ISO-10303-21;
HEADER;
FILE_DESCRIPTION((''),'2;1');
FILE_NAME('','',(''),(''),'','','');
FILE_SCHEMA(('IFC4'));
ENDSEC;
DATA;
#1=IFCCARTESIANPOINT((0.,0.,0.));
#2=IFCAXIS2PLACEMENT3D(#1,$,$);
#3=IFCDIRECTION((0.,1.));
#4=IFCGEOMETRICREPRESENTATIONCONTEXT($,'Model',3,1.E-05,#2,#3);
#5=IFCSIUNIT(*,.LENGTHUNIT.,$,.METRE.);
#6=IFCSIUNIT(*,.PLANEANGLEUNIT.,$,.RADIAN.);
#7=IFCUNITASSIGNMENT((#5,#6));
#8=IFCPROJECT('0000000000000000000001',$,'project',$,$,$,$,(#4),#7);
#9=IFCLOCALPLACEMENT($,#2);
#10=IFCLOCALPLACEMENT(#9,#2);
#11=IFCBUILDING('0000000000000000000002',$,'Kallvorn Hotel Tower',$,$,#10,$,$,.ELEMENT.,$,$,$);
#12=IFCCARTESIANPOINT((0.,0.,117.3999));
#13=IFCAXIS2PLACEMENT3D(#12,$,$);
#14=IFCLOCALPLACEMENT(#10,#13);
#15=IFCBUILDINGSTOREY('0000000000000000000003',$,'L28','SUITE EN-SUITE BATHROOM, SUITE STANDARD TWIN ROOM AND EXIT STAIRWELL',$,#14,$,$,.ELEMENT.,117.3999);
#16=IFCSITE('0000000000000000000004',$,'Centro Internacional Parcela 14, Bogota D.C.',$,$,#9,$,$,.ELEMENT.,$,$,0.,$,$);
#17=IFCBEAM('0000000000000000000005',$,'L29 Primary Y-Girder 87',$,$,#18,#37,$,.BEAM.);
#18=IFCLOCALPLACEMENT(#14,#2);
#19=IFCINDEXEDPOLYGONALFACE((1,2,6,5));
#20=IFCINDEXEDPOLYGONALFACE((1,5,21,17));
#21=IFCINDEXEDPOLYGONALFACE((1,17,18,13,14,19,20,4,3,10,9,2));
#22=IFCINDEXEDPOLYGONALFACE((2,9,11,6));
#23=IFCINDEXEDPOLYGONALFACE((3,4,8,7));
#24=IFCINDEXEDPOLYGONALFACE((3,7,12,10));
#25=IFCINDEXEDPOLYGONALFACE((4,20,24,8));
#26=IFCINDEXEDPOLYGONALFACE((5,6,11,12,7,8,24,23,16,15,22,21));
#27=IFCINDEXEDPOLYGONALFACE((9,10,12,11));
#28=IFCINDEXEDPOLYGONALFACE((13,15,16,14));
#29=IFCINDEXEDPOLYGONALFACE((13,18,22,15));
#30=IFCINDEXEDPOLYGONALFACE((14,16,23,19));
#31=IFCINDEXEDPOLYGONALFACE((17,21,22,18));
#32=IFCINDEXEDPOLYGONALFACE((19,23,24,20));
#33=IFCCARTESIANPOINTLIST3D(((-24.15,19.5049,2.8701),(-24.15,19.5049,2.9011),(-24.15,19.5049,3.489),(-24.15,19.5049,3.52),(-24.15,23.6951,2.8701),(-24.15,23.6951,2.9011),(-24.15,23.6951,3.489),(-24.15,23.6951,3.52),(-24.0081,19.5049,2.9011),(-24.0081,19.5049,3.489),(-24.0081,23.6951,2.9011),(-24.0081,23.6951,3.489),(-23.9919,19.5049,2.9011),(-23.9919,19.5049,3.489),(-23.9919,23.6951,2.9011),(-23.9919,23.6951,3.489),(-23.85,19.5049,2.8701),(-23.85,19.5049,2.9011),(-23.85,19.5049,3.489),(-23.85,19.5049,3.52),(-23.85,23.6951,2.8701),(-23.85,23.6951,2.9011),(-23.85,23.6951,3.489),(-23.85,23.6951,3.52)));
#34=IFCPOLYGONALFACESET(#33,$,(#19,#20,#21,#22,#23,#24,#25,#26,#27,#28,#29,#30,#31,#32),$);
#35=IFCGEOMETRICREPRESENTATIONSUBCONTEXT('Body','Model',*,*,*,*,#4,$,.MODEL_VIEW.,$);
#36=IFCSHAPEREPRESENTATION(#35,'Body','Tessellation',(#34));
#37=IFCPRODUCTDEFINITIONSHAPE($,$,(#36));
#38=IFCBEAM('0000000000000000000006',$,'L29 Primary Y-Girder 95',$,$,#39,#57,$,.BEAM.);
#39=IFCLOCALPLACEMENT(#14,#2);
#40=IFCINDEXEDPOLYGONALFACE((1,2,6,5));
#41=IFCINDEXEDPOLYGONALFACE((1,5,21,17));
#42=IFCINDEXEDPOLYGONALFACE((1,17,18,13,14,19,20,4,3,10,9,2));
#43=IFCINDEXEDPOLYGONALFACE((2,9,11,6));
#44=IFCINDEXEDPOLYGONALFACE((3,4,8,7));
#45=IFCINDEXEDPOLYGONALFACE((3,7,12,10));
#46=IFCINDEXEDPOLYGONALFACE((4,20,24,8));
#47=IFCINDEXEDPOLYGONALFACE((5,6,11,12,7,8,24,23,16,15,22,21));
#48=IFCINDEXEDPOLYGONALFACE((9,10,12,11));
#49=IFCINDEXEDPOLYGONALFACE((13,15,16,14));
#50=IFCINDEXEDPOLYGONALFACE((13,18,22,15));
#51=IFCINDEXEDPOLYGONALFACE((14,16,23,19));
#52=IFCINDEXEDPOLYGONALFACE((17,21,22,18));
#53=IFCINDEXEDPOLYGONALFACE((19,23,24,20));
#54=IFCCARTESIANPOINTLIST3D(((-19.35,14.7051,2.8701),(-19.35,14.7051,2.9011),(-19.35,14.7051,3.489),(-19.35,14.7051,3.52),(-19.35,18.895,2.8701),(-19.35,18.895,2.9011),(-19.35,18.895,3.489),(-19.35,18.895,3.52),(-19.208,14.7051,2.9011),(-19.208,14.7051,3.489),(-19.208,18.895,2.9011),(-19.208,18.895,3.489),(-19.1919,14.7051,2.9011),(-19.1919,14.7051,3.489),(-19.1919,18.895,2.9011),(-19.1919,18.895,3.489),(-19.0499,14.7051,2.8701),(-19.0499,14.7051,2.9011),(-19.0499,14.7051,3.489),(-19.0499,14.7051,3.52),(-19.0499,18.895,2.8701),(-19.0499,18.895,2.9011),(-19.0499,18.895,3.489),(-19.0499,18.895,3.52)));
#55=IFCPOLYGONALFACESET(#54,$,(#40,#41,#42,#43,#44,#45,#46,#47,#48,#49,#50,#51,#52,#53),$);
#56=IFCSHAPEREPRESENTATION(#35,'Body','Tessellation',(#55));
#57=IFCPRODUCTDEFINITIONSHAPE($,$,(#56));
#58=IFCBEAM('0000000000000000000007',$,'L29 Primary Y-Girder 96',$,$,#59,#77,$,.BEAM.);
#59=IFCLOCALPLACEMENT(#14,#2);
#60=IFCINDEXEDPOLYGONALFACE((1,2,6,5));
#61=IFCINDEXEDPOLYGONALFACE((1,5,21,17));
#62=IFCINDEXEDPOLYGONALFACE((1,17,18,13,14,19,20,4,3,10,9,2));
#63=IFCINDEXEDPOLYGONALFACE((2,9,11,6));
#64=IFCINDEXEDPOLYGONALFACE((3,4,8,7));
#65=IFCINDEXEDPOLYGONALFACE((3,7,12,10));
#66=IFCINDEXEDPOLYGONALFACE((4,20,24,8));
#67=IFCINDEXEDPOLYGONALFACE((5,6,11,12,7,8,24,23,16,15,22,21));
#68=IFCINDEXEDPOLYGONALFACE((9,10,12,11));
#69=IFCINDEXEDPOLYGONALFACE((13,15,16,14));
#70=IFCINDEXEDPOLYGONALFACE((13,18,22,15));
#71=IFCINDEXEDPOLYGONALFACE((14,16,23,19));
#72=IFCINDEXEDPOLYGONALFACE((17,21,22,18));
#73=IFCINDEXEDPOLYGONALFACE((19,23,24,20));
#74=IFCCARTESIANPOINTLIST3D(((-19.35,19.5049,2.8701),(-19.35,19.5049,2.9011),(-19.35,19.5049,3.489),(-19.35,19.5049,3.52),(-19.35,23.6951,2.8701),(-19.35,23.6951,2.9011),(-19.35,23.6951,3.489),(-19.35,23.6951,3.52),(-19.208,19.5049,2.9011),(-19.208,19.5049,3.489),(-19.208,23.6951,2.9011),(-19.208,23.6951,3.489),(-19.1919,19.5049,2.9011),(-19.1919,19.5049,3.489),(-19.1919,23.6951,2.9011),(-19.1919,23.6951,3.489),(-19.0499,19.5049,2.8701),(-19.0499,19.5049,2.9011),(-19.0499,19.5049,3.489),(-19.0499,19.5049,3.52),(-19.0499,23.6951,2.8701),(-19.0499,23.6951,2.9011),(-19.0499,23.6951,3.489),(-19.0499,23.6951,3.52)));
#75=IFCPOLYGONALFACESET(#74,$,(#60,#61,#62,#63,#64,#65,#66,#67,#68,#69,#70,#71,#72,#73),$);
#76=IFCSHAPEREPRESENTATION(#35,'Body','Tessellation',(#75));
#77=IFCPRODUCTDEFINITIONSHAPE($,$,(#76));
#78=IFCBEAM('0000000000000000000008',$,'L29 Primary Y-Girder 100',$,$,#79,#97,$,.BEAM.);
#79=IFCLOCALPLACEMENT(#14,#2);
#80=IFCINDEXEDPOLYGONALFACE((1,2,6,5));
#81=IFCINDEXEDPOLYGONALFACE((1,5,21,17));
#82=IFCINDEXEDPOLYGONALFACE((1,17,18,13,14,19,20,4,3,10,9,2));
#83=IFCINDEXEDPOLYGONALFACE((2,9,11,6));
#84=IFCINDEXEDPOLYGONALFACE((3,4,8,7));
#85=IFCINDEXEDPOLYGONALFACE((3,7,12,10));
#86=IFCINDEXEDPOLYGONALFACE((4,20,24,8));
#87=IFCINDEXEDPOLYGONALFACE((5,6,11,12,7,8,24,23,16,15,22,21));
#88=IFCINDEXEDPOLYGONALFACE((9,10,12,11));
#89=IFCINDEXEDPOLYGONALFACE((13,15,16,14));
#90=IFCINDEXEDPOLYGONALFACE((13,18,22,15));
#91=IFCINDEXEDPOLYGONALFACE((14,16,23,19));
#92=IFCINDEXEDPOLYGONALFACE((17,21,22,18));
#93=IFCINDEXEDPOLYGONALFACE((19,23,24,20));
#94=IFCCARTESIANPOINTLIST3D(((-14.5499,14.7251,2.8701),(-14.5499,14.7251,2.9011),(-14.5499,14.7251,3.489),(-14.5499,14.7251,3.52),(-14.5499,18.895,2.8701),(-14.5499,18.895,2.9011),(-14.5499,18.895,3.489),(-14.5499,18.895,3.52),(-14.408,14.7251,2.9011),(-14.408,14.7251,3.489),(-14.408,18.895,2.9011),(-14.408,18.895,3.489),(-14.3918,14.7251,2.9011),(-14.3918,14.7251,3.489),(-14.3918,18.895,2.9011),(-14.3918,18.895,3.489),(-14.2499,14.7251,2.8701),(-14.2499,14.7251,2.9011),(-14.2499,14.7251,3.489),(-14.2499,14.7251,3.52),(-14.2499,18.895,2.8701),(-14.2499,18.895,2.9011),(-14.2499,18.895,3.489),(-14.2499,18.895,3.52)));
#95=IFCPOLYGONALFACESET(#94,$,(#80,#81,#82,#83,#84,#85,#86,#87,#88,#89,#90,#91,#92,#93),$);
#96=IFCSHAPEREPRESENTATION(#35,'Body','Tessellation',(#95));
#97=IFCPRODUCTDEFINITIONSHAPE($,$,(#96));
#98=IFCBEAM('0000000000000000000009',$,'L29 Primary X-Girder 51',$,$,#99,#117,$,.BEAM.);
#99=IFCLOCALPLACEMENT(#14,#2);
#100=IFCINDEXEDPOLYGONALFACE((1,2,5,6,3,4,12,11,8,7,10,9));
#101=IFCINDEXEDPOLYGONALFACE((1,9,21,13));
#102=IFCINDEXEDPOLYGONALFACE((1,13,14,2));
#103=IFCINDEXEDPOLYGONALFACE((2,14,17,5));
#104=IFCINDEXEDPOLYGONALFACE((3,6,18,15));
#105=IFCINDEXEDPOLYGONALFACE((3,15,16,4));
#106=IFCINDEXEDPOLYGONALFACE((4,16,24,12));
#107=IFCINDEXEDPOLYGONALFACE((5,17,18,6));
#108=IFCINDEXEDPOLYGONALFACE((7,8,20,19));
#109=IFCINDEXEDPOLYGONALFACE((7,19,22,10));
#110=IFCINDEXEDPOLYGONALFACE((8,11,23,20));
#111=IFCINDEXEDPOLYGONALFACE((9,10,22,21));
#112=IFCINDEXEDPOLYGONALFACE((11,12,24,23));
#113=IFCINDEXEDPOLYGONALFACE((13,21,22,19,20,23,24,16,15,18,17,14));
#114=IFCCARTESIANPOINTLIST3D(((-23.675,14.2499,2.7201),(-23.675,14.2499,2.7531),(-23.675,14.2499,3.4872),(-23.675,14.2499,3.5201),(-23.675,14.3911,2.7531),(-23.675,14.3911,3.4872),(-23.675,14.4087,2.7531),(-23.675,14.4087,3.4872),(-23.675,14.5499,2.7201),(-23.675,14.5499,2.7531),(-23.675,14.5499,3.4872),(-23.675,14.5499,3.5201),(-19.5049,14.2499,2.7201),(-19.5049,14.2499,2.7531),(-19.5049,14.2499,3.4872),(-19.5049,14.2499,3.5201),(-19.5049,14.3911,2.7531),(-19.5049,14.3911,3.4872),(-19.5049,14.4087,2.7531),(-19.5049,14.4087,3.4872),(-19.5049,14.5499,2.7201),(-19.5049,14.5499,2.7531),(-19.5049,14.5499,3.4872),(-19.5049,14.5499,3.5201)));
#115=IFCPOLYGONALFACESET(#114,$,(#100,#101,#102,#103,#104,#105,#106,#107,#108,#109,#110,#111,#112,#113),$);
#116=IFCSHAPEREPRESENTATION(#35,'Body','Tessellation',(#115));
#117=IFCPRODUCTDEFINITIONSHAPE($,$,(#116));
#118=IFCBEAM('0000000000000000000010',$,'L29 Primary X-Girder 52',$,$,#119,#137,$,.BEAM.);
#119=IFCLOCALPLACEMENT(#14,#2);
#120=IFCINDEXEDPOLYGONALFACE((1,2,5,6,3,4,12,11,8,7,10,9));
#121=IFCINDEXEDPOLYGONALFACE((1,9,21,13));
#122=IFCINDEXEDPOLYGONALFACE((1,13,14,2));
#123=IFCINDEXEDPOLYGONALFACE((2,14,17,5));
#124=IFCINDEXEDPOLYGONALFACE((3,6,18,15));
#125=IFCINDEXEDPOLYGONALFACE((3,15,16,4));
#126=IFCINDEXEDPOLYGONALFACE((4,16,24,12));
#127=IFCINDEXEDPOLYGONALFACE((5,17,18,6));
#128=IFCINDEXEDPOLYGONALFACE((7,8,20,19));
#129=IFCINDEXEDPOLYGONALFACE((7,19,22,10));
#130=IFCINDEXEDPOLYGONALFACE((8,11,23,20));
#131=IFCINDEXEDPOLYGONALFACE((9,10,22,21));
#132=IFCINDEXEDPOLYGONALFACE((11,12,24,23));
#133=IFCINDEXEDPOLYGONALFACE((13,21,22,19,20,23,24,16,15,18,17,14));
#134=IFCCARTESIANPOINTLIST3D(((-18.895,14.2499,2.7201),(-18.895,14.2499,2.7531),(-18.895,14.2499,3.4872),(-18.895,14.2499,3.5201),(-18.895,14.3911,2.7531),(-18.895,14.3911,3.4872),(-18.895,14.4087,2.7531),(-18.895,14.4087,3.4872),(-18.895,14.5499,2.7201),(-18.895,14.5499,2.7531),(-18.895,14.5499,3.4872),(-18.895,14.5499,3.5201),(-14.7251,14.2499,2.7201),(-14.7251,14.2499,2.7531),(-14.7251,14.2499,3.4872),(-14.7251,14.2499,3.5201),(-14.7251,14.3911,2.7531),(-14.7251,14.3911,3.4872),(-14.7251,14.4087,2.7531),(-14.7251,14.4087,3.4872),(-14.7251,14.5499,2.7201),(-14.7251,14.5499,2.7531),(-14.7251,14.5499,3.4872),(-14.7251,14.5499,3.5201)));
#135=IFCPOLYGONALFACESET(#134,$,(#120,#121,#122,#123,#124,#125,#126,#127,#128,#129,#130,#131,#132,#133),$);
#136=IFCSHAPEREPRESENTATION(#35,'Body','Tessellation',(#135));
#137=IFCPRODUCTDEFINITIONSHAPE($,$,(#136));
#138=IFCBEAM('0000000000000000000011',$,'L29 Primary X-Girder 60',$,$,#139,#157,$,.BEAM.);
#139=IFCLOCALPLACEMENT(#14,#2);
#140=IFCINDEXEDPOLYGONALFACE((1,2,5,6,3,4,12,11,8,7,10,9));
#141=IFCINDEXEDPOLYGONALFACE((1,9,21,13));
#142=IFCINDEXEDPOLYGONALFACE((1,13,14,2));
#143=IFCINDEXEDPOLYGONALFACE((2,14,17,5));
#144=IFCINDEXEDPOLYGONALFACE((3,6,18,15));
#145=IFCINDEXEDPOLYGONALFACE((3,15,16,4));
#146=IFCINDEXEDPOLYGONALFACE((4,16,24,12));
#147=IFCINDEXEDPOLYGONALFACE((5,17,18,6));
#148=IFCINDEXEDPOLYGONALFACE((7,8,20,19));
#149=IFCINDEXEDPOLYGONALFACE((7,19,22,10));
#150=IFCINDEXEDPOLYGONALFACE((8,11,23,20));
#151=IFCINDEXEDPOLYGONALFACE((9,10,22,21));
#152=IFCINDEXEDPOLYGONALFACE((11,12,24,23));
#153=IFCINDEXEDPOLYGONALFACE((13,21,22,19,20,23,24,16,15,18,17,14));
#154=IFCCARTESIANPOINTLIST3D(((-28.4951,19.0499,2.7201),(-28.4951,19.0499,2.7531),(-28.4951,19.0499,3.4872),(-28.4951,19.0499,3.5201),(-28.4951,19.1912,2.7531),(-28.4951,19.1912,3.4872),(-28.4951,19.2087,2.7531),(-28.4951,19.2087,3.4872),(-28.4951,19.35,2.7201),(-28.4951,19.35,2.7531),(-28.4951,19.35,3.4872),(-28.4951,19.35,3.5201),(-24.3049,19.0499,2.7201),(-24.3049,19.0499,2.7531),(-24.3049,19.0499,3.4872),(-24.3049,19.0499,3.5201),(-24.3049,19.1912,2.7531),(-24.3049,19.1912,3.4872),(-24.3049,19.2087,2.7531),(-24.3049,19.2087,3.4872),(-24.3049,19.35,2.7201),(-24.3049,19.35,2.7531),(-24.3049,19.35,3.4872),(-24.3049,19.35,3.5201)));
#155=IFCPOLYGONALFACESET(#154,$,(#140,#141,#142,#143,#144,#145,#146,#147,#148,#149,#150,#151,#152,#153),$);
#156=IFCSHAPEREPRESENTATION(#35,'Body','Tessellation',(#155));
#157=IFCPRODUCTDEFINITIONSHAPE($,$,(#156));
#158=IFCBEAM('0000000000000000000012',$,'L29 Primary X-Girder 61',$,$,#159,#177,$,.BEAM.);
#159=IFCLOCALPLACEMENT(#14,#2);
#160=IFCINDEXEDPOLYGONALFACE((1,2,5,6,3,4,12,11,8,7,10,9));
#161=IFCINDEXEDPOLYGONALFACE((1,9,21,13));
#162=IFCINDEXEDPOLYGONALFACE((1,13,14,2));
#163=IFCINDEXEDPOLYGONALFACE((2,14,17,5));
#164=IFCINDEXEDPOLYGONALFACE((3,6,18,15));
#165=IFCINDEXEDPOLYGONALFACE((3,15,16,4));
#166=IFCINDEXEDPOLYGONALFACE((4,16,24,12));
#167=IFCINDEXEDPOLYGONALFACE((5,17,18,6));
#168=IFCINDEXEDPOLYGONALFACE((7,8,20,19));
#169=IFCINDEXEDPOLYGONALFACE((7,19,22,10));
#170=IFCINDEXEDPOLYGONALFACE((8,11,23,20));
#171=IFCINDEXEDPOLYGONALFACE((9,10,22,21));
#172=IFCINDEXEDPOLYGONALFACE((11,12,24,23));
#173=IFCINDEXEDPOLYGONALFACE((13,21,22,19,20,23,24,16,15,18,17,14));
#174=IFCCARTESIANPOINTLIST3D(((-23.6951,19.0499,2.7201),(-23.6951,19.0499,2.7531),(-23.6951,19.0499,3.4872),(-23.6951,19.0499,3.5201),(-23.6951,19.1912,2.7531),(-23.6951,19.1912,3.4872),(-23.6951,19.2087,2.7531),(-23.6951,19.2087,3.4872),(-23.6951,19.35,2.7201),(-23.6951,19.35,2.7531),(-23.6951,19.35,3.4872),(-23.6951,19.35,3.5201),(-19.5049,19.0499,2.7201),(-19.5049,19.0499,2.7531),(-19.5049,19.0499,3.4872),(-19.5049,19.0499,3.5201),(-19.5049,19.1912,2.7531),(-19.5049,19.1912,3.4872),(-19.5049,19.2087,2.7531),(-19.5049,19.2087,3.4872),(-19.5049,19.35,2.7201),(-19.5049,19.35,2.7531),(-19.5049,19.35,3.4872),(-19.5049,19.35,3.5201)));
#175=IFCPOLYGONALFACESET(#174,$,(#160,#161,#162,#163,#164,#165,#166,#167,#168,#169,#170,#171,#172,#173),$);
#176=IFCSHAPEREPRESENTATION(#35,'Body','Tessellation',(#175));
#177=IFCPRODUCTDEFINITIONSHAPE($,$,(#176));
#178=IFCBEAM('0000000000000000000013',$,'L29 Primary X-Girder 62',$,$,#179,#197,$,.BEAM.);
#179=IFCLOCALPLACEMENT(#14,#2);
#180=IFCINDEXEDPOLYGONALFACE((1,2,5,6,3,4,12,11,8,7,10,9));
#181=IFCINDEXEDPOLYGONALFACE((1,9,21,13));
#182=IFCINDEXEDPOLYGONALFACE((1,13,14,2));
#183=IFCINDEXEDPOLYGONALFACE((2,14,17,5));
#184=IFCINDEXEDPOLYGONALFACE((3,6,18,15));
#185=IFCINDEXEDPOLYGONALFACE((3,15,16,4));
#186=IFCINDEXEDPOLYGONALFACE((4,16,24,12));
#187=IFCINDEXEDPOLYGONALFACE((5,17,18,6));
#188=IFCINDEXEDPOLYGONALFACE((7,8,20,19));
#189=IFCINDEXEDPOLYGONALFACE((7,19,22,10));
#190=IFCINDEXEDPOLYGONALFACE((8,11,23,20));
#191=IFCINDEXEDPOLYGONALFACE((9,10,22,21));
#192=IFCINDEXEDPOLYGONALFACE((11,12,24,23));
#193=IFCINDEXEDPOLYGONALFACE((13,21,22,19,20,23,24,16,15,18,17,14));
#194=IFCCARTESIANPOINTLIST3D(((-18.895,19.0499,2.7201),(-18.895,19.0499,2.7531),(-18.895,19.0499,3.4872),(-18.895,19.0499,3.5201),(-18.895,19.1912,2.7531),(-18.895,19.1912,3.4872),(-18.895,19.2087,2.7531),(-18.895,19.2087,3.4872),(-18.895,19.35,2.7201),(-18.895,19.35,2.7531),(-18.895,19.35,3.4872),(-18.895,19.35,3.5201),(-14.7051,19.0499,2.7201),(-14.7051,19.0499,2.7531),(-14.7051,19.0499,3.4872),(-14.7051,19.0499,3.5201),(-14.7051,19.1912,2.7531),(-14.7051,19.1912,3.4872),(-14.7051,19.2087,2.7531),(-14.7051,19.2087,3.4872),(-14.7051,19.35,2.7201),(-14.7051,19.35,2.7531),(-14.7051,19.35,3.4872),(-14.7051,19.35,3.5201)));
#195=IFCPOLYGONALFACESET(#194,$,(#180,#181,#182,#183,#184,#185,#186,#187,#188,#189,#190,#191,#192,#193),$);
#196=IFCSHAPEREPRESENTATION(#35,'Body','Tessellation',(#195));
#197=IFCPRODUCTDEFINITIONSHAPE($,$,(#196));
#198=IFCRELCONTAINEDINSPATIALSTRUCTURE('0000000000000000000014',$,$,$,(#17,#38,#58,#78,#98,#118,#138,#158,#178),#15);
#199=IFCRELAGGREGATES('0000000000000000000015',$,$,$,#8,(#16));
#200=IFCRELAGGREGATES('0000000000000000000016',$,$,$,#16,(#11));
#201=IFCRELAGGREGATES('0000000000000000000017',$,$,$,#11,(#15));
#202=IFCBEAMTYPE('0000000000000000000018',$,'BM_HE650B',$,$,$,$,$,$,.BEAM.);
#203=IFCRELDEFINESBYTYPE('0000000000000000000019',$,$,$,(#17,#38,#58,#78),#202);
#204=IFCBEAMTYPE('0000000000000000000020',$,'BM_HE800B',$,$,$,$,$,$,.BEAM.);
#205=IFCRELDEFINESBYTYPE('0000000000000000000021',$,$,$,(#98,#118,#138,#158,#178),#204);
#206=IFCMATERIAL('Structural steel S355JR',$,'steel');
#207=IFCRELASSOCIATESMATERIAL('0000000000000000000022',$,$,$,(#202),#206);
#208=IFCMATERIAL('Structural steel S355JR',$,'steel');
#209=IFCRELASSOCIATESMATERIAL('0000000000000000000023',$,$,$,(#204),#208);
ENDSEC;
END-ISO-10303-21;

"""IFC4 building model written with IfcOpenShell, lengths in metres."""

from ifc_helpers import new_model, si_unit, direction, frame, origin, origin_2d, place, context, subcontext, project, spatial, i_section, extrude, material, material_profile, profile_set, type_object, element, save


model = new_model("IFC4")

# Units and contexts
model_context = context("Model", 3, precision=1e-05, world=origin(), true_north=direction((0.0, 1.0)))
body_context = subcontext(model_context, "Body", "Model", "MODEL_VIEW")
ifc_project = project(units=[si_unit("LENGTHUNIT", "METRE"), si_unit("PLANEANGLEUNIT", "RADIAN")], contexts=[model_context])

# Site, building, storey
site_placement = place(None, origin())
site = spatial("IfcSite", under=ifc_project, at=site_placement, Name="Centro Internacional Parcela 14, Bogota D.C.", CompositionType="ELEMENT", RefElevation=0.0)
building_placement = place(site_placement, origin())
building = spatial("IfcBuilding", under=site, at=building_placement, Name="Kallvorn Hotel Tower", CompositionType="ELEMENT")
storey_placement = place(building_placement, frame((0.0, 0.0, 117.3999)))
storey = spatial("IfcBuildingStorey", under=building, at=storey_placement, Name="L28", Description="SUITE EN-SUITE BATHROOM, SUITE STANDARD TWIN ROOM AND EXIT STAIRWELL", CompositionType="ELEMENT", Elevation=117.3999)

# Beams
ifc_material_1 = material(Name="Structural steel S355JR", Category="steel")
ifc_material_profile_1 = material_profile(ifc_material_1, i_section(OverallWidth=0.3, OverallDepth=0.6499, WebThickness=0.0161, FlangeThickness=0.031, at=origin_2d()), Name="HE 650 B")
ifc_profile_set_1 = profile_set([ifc_material_profile_1], Name="Structural steel S355JR")
beam_type_1 = type_object("IfcBeamType", Name="BM_HE650B", PredefinedType="BEAM", material=ifc_profile_set_1)
beam_1_placement = place(storey_placement, frame((-24.0, 19.5049, 3.1951), z_axis=(0.0, 1.0, 0.0), x_axis=(-1.0, 0.0, 0.0)))
element("IfcBeam", 1, at=beam_1_placement, inside=storey, type_object=beam_type_1, Name="L29 Primary Y-Girder 87", PredefinedType="BEAM", context=body_context, shape_type="SweptSolid", body=[
    extrude(i_section(OverallWidth=0.3, OverallDepth=0.6499, WebThickness=0.0161, FlangeThickness=0.031, at=origin_2d()), origin(), (0.0, 0.0, 1.0), 4.1902),
])
beam_2_placement = place(storey_placement, frame((-19.2, 14.7051, 3.1951), z_axis=(0.0, 1.0, 0.0), x_axis=(-1.0, 0.0, 0.0)))
element("IfcBeam", 2, at=beam_2_placement, inside=storey, type_object=beam_type_1, Name="L29 Primary Y-Girder 95", PredefinedType="BEAM", context=body_context, shape_type="SweptSolid", body=[
    extrude(i_section(OverallWidth=0.3, OverallDepth=0.6499, WebThickness=0.0161, FlangeThickness=0.031, at=origin_2d()), origin(), (0.0, 0.0, 1.0), 4.1899),
])
beam_3_placement = place(storey_placement, frame((-19.2, 19.5049, 3.1951), z_axis=(0.0, 1.0, 0.0), x_axis=(-1.0, 0.0, 0.0)))
element("IfcBeam", 3, at=beam_3_placement, inside=storey, type_object=beam_type_1, Name="L29 Primary Y-Girder 96", PredefinedType="BEAM", context=body_context, shape_type="SweptSolid", body=[
    extrude(i_section(OverallWidth=0.3, OverallDepth=0.6499, WebThickness=0.0161, FlangeThickness=0.031, at=origin_2d()), origin(), (0.0, 0.0, 1.0), 4.1902),
])
beam_4_placement = place(storey_placement, frame((-14.3999, 14.7251, 3.1951), z_axis=(0.0, 1.0, 0.0), x_axis=(-1.0, 0.0, 0.0)))
element("IfcBeam", 4, at=beam_4_placement, inside=storey, type_object=beam_type_1, Name="L29 Primary Y-Girder 100", PredefinedType="BEAM", context=body_context, shape_type="SweptSolid", body=[
    extrude(i_section(OverallWidth=0.3, OverallDepth=0.6499, WebThickness=0.0161, FlangeThickness=0.031, at=origin_2d()), origin(), (0.0, 0.0, 1.0), 4.1699),
])
ifc_material_2 = material(Name="Structural steel S355JR", Category="steel")
ifc_material_profile_2 = material_profile(ifc_material_2, i_section(OverallWidth=0.3, OverallDepth=0.8, WebThickness=0.0176, FlangeThickness=0.033, at=origin_2d()), Name="HE 800 B")
ifc_profile_set_2 = profile_set([ifc_material_profile_2], Name="Structural steel S355JR")
beam_type_2 = type_object("IfcBeamType", Name="BM_HE800B", PredefinedType="BEAM", material=ifc_profile_set_2)
beam_5_placement = place(storey_placement, frame((-23.675, 14.3999, 3.1201), z_axis=(1.0, 0.0, 0.0), x_axis=(0.0, 1.0, 0.0)))
element("IfcBeam", 5, at=beam_5_placement, inside=storey, type_object=beam_type_2, Name="L29 Primary X-Girder 51", PredefinedType="BEAM", context=body_context, shape_type="SweptSolid", body=[
    extrude(i_section(OverallWidth=0.3, OverallDepth=0.8, WebThickness=0.0176, FlangeThickness=0.033, at=origin_2d()), origin(), (0.0, 0.0, 1.0), 4.1702),
])
beam_6_placement = place(storey_placement, frame((-18.895, 14.3999, 3.1201), z_axis=(1.0, 0.0, 0.0), x_axis=(0.0, 1.0, 0.0)))
element("IfcBeam", 6, at=beam_6_placement, inside=storey, type_object=beam_type_2, Name="L29 Primary X-Girder 52", PredefinedType="BEAM", context=body_context, shape_type="SweptSolid", body=[
    extrude(i_section(OverallWidth=0.3, OverallDepth=0.8, WebThickness=0.0176, FlangeThickness=0.033, at=origin_2d()), origin(), (0.0, 0.0, 1.0), 4.1699),
])
for number, where, z_axis, x_axis, name in (
    (7, (-28.4951, 19.2, 3.1201), (1.0, 0.0, 0.0), (0.0, 1.0, 0.0), "L29 Primary X-Girder 60"),
    (8, (-23.6951, 19.2, 3.1201), (1.0, 0.0, 0.0), (0.0, 1.0, 0.0), "L29 Primary X-Girder 61"),
):
    element("IfcBeam", number, at=place(storey_placement, frame(where, z_axis=z_axis, x_axis=x_axis)), inside=storey, type_object=beam_type_2, Name=name, PredefinedType="BEAM", context=body_context, shape_type="SweptSolid", body=[
        extrude(i_section(OverallWidth=0.3, OverallDepth=0.8, WebThickness=0.0176, FlangeThickness=0.033, at=origin_2d()), origin(), (0.0, 0.0, 1.0), 4.1902),
    ])
beam_7_placement = place(storey_placement, frame((-18.895, 19.2, 3.1201), z_axis=(1.0, 0.0, 0.0), x_axis=(0.0, 1.0, 0.0)))
element("IfcBeam", 9, at=beam_7_placement, inside=storey, type_object=beam_type_2, Name="L29 Primary X-Girder 62", PredefinedType="BEAM", context=body_context, shape_type="SweptSolid", body=[
    extrude(i_section(OverallWidth=0.3, OverallDepth=0.8, WebThickness=0.0176, FlangeThickness=0.033, at=origin_2d()), origin(), (0.0, 0.0, 1.0), 4.1899),
])

save(model, "model.ifc")
